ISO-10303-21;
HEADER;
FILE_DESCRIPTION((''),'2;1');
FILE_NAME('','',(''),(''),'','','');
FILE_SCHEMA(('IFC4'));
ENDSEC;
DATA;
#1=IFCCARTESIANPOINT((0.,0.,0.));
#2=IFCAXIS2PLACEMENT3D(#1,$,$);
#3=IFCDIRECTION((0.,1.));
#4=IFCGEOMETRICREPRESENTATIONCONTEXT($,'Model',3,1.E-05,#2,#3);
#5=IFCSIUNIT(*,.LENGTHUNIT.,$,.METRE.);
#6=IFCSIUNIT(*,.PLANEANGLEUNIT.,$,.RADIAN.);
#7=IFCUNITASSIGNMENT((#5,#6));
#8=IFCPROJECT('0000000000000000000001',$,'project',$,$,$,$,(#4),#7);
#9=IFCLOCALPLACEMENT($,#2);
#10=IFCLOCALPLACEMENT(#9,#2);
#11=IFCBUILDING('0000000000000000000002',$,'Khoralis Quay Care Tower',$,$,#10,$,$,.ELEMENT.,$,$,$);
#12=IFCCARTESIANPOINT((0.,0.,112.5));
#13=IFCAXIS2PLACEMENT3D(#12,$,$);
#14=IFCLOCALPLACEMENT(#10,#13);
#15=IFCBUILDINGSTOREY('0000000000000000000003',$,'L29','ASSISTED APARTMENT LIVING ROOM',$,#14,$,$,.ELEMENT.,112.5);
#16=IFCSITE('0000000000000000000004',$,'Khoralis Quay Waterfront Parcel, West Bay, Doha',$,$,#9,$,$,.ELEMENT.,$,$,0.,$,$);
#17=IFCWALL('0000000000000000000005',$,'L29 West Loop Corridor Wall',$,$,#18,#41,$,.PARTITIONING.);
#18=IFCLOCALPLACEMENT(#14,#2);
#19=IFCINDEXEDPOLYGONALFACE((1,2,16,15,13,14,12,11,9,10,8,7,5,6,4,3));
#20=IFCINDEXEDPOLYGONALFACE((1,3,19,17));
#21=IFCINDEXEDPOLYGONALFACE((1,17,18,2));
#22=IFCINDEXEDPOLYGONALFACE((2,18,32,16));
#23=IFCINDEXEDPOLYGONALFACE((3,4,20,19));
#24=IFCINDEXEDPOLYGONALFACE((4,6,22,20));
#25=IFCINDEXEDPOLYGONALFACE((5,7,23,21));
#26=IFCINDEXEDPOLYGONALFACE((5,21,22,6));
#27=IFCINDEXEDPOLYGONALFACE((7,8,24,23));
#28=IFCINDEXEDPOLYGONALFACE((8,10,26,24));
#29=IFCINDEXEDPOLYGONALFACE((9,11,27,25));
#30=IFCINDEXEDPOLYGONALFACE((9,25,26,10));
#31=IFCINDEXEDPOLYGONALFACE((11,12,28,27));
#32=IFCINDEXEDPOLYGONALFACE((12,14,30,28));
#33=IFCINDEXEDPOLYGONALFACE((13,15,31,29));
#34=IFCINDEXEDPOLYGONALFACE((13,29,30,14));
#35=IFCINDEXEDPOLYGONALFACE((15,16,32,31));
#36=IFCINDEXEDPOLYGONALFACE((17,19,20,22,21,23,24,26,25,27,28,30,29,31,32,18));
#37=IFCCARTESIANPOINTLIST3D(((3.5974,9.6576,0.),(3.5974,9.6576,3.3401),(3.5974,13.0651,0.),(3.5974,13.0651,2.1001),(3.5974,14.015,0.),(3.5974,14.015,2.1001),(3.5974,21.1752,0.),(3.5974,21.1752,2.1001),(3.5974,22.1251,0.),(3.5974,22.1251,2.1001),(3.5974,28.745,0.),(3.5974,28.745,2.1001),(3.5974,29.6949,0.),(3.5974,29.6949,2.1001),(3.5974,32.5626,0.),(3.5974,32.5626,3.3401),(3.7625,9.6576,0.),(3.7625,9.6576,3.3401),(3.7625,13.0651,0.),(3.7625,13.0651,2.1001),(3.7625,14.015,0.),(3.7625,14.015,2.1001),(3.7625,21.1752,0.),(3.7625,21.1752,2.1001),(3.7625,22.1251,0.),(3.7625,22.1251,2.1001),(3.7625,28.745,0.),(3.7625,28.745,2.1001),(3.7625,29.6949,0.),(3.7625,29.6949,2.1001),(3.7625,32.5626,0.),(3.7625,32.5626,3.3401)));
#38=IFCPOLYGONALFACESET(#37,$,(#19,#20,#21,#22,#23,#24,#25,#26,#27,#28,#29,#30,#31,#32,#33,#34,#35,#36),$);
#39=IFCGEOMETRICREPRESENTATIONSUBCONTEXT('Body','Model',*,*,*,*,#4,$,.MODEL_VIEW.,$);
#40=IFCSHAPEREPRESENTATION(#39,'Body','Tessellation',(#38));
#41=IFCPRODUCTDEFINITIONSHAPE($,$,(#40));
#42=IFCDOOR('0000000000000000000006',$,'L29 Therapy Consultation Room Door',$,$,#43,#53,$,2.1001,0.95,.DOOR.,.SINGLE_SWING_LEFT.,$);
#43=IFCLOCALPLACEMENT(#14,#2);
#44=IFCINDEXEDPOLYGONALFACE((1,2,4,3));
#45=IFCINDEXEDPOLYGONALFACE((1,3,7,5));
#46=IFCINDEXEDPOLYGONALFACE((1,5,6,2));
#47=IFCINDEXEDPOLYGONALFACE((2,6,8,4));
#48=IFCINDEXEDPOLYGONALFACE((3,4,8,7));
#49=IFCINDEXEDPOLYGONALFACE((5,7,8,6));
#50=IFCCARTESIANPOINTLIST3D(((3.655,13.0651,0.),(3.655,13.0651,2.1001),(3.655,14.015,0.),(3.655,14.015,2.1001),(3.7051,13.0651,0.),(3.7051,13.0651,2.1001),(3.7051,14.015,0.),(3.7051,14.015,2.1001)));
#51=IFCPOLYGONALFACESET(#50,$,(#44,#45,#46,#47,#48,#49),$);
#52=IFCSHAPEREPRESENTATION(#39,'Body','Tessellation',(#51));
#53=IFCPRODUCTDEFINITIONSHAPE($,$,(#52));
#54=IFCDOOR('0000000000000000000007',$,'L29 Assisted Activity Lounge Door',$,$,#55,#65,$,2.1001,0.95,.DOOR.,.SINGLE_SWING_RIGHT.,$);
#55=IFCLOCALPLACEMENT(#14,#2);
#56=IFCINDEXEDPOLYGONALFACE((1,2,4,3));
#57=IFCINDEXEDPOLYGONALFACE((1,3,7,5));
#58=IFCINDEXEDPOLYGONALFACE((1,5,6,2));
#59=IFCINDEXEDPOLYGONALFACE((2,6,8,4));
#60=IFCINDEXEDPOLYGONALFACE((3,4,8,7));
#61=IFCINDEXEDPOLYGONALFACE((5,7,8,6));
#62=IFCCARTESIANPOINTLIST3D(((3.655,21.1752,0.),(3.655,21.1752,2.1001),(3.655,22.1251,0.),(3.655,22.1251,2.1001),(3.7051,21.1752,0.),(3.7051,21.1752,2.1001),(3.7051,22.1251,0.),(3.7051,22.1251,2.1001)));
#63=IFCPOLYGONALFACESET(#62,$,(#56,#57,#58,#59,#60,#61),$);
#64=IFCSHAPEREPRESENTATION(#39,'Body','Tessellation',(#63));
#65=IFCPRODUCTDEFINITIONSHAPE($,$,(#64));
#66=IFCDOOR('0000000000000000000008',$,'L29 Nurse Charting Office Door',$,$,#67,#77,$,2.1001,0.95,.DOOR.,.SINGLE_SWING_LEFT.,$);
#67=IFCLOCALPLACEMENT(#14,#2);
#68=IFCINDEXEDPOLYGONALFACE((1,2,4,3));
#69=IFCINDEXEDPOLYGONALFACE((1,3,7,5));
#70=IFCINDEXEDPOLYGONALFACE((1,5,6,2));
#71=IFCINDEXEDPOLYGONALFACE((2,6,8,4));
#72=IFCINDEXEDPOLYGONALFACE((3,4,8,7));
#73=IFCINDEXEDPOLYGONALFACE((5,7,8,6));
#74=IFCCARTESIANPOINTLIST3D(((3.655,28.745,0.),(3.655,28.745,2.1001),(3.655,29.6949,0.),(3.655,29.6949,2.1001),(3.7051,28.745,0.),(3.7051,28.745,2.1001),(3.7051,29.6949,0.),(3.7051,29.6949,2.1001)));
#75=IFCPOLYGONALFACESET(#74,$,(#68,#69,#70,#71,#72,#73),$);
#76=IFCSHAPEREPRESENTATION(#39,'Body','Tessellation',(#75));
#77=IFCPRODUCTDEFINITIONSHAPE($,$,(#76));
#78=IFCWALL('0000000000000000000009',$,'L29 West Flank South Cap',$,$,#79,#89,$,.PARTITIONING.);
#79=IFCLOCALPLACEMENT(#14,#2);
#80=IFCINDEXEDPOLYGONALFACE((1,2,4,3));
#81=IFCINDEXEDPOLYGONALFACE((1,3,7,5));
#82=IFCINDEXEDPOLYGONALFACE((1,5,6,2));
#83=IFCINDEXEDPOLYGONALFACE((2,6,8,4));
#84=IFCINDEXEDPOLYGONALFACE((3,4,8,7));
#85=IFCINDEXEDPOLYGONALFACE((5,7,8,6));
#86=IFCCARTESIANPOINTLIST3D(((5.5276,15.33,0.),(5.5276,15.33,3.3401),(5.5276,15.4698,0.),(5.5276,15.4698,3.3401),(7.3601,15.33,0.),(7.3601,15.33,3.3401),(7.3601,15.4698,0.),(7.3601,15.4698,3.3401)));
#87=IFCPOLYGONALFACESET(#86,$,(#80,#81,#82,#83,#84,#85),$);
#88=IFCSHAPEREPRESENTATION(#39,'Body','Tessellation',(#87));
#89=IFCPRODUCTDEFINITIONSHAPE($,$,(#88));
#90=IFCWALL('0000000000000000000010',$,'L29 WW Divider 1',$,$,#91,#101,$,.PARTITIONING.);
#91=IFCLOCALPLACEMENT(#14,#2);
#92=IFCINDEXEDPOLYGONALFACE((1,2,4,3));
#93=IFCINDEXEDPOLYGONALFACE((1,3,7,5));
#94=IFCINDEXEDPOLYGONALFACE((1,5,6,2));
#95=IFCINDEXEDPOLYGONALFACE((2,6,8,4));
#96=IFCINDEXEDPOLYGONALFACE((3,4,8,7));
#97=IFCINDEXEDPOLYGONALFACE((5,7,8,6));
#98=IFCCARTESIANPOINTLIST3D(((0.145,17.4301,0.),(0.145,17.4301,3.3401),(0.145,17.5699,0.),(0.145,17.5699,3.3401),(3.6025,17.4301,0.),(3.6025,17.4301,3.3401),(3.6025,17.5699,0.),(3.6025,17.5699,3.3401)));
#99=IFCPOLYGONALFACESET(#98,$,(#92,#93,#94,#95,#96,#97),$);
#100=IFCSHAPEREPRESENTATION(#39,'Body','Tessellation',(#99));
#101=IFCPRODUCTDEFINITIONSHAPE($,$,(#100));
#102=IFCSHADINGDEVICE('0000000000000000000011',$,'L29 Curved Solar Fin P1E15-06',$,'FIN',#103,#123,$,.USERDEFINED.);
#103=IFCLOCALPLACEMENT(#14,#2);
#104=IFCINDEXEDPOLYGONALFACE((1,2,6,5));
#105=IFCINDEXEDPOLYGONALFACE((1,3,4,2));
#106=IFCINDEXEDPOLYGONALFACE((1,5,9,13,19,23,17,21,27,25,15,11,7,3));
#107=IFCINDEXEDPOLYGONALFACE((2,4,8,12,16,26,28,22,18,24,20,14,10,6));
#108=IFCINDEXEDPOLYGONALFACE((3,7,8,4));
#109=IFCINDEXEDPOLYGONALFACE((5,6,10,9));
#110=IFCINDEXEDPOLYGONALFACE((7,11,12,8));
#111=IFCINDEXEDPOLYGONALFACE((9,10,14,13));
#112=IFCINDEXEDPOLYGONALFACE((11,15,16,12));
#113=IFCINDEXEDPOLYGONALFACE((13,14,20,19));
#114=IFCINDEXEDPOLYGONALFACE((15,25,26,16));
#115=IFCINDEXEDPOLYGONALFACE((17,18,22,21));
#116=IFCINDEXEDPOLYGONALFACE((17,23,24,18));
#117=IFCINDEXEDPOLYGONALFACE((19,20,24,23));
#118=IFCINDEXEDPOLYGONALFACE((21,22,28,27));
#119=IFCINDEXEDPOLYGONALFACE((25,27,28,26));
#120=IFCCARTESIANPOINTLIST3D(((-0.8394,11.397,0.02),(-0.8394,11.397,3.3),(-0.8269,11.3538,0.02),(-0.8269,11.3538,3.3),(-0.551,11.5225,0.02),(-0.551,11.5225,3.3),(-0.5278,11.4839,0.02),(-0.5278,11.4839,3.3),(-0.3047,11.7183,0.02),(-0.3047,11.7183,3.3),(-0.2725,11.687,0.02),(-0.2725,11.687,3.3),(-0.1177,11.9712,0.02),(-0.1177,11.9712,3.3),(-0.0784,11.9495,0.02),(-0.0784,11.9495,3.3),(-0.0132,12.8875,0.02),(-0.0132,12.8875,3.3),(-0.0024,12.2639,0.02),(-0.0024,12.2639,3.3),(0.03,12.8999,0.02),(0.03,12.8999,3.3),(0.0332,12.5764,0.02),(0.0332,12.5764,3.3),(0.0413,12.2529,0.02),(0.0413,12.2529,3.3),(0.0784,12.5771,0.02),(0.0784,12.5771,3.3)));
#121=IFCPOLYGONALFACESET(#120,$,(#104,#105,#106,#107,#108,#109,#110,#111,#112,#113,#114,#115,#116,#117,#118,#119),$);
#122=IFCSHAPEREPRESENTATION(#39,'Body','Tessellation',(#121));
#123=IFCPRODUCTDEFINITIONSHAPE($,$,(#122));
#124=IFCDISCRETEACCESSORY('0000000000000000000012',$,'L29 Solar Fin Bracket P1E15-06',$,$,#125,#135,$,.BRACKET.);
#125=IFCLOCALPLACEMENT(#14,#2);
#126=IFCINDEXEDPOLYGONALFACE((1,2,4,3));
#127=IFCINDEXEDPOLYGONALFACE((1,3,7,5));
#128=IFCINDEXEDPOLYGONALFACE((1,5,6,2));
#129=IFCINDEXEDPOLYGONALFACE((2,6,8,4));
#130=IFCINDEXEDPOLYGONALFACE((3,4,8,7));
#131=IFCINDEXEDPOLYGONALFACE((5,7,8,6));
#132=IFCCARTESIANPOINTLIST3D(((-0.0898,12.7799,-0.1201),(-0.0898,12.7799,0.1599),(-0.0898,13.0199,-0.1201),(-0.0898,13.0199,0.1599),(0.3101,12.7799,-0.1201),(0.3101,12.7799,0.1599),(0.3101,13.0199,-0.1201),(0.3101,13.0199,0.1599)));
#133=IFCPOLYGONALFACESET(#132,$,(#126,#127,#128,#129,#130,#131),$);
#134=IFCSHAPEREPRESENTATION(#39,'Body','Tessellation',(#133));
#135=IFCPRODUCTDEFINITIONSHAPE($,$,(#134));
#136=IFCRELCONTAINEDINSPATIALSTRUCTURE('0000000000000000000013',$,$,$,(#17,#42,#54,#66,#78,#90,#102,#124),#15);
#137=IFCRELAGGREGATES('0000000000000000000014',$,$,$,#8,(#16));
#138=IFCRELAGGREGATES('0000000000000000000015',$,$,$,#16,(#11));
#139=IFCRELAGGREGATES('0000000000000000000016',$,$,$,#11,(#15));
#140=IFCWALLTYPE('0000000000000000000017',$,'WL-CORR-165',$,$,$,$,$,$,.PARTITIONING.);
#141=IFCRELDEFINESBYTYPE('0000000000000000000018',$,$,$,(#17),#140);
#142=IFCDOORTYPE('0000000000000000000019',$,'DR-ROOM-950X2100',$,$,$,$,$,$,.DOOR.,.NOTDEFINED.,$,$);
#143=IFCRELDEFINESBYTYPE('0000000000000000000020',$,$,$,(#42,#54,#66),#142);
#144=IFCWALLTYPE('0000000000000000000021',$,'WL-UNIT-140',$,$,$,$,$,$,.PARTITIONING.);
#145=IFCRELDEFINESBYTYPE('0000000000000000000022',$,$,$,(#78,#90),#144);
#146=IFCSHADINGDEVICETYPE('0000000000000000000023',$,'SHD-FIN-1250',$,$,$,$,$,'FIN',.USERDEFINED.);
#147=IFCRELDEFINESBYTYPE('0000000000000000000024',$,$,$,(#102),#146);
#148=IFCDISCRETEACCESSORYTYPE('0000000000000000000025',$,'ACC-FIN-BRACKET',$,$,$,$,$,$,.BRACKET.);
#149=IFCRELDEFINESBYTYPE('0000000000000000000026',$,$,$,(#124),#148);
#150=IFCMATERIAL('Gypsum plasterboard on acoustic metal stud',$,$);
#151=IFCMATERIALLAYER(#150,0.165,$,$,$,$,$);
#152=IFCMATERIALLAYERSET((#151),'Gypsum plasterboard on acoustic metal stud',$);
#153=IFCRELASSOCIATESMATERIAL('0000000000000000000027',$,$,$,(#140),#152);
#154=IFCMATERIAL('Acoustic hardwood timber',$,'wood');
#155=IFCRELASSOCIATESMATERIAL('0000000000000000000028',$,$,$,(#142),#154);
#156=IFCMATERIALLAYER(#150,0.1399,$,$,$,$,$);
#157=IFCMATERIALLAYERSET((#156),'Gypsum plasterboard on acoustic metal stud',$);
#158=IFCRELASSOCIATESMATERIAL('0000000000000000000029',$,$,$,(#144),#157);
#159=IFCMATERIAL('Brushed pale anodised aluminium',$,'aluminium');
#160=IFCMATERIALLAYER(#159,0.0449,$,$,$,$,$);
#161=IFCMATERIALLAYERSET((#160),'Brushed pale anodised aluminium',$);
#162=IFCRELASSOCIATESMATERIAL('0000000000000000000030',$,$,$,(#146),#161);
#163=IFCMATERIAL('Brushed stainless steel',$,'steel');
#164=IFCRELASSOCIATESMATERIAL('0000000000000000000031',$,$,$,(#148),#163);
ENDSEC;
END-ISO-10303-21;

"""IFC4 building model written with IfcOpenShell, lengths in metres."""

from ifc_helpers import new_model, si_unit, direction, frame, frame_2d, origin, origin_2d, place, context, subcontext, project, spatial, polyline, rectangle, outline, extrude, source, transform, mapped, material, layer, layer_set, type_object, element, fill, save


model = new_model("IFC4")

# Units and contexts
model_context = context("Model", 3, precision=1e-05, world=origin(), true_north=direction((0.0, 1.0)))
body_context = subcontext(model_context, "Body", "Model", "MODEL_VIEW")
ifc_project = project(units=[si_unit("LENGTHUNIT", "METRE"), si_unit("PLANEANGLEUNIT", "RADIAN")], contexts=[model_context])

# Site, building, storey
site_placement = place(None, origin())
site = spatial("IfcSite", under=ifc_project, at=site_placement, Name="Khoralis Quay Waterfront Parcel, West Bay, Doha", CompositionType="ELEMENT", RefElevation=0.0)
building_placement = place(site_placement, origin())
building = spatial("IfcBuilding", under=site, at=building_placement, Name="Khoralis Quay Care Tower", CompositionType="ELEMENT")
storey_placement = place(building_placement, frame((0.0, 0.0, 112.5)))
storey = spatial("IfcBuildingStorey", under=building, at=storey_placement, Name="L29", Description="ASSISTED APARTMENT LIVING ROOM", CompositionType="ELEMENT", Elevation=112.5)

# Wall, openings, doors
ifc_material_1 = material(Name="Gypsum plasterboard on acoustic metal stud")
ifc_layer_1 = layer(ifc_material_1, 0.165)
ifc_layer_set_1 = layer_set([ifc_layer_1], Name="Gypsum plasterboard on acoustic metal stud")
wall_type_1 = type_object("IfcWallType", Name="WL-CORR-165", PredefinedType="PARTITIONING", material=ifc_layer_set_1)
ifc_material_2 = material(Name="Acoustic hardwood timber", Category="wood")
door_type_1 = type_object("IfcDoorType", Name="DR-ROOM-950X2100", OperationType="NOTDEFINED", PredefinedType="DOOR", material=ifc_material_2)
shared_shape_1 = source(origin(), body_context, "Body", "SweptSolid", [
    extrude(rectangle(XDim=0.95, YDim=2.1001, at=frame_2d((0.4751, 1.05))), frame((0.0, 0.0249, 0.0), z_axis=(0.0, -1.0, 0.0), x_axis=(1.0, 0.0, 0.0)), (0.0, 0.0, 1.0), 0.05),
])
wall_1_placement = place(storey_placement, frame((3.6799, 9.6575, 0.0), z_axis=(0.0, 0.0, 1.0), x_axis=(0.0, 1.0, 0.0)))
wall_1 = element("IfcWall", 1, at=wall_1_placement, inside=storey, type_object=wall_type_1, Name="L29 West Loop Corridor Wall", PredefinedType="PARTITIONING", context=body_context, shape_type="SweptSolid", body=[
    extrude(rectangle(XDim=22.905, YDim=0.165, at=frame_2d((11.4526, 0.0))), origin(), (0.0, 0.0, 1.0), 3.3401),
])
opening_1_placement = place(wall_1_placement, frame((3.4075, 0.0, 0.0)))
opening_1 = element("IfcOpeningElement", 2, at=opening_1_placement, cuts=wall_1, PredefinedType="OPENING", context=body_context, shape_type="SweptSolid", body=[
    extrude(rectangle(XDim=0.95, YDim=2.1001, at=frame_2d((0.4751, 1.05))), frame((0.0, 0.0925, 0.0), z_axis=(0.0, -1.0, 0.0), x_axis=(1.0, 0.0, 0.0)), (0.0, 0.0, 1.0), 0.1851),
])
opening_2_placement = place(wall_1_placement, frame((11.5176, 0.0, 0.0)))
opening_2 = element("IfcOpeningElement", 3, at=opening_2_placement, cuts=wall_1, PredefinedType="OPENING", context=body_context, shape_type="SweptSolid", body=[
    extrude(rectangle(XDim=0.95, YDim=2.1001, at=frame_2d((0.4751, 1.05))), frame((0.0, 0.0925, 0.0), z_axis=(0.0, -1.0, 0.0), x_axis=(1.0, 0.0, 0.0)), (0.0, 0.0, 1.0), 0.1851),
])
opening_3_placement = place(wall_1_placement, frame((19.0874, 0.0, 0.0)))
opening_3 = element("IfcOpeningElement", 4, at=opening_3_placement, cuts=wall_1, PredefinedType="OPENING", context=body_context, shape_type="SweptSolid", body=[
    extrude(rectangle(XDim=0.95, YDim=2.1001, at=frame_2d((0.4751, 1.05))), frame((0.0, 0.0925, 0.0), z_axis=(0.0, -1.0, 0.0), x_axis=(1.0, 0.0, 0.0)), (0.0, 0.0, 1.0), 0.1851),
])
door_1_placement = place(opening_1_placement, origin())
door_1 = element("IfcDoor", 5, at=door_1_placement, inside=storey, type_object=door_type_1, Name="L29 Therapy Consultation Room Door", OperationType="SINGLE_SWING_LEFT", OverallHeight=2.1001, OverallWidth=0.95, PredefinedType="DOOR", context=body_context, shape_type="MappedRepresentation", body=[
    mapped(shared_shape_1, transform((0.0, 0.0, 0.0), scale=1.0)),
])
fill(opening_1, door_1)
door_2_placement = place(opening_2_placement, origin())
door_2 = element("IfcDoor", 6, at=door_2_placement, inside=storey, type_object=door_type_1, Name="L29 Assisted Activity Lounge Door", OperationType="SINGLE_SWING_RIGHT", OverallHeight=2.1001, OverallWidth=0.95, PredefinedType="DOOR", context=body_context, shape_type="MappedRepresentation", body=[
    mapped(shared_shape_1, transform((0.0, 0.0, 0.0), scale=1.0)),
])
fill(opening_2, door_2)
door_3_placement = place(opening_3_placement, origin())
door_3 = element("IfcDoor", 7, at=door_3_placement, inside=storey, type_object=door_type_1, Name="L29 Nurse Charting Office Door", OperationType="SINGLE_SWING_LEFT", OverallHeight=2.1001, OverallWidth=0.95, PredefinedType="DOOR", context=body_context, shape_type="MappedRepresentation", body=[
    mapped(shared_shape_1, transform((0.0, 0.0, 0.0), scale=1.0)),
])
fill(opening_3, door_3)

# Walls
ifc_layer_2 = layer(ifc_material_1, 0.1399)
ifc_layer_set_2 = layer_set([ifc_layer_2], Name="Gypsum plasterboard on acoustic metal stud")
wall_type_2 = type_object("IfcWallType", Name="WL-UNIT-140", PredefinedType="PARTITIONING", material=ifc_layer_set_2)
wall_2_placement = place(storey_placement, frame((5.5276, 15.3999, 0.0), z_axis=(0.0, 0.0, 1.0), x_axis=(1.0, 0.0, 0.0)))
element("IfcWall", 8, at=wall_2_placement, inside=storey, type_object=wall_type_2, Name="L29 West Flank South Cap", PredefinedType="PARTITIONING", context=body_context, shape_type="SweptSolid", body=[
    extrude(rectangle(XDim=1.8325, YDim=0.1399, at=frame_2d((0.9163, 0.0))), origin(), (0.0, 0.0, 1.0), 3.3401),
])
wall_3_placement = place(storey_placement, frame((0.145, 17.5, 0.0), z_axis=(0.0, 0.0, 1.0), x_axis=(1.0, 0.0, 0.0)))
element("IfcWall", 9, at=wall_3_placement, inside=storey, type_object=wall_type_2, Name="L29 WW Divider 1", PredefinedType="PARTITIONING", context=body_context, shape_type="SweptSolid", body=[
    extrude(rectangle(XDim=3.4575, YDim=0.1399, at=frame_2d((1.7288, 0.0))), origin(), (0.0, 0.0, 1.0), 3.3401),
])

# Shading device
ifc_material_3 = material(Name="Brushed pale anodised aluminium", Category="aluminium")
ifc_layer_3 = layer(ifc_material_3, 0.0449)
ifc_layer_set_3 = layer_set([ifc_layer_3], Name="Brushed pale anodised aluminium")
shading_device_type = type_object("IfcShadingDeviceType", Name="SHD-FIN-1250", ElementType="FIN", PredefinedType="USERDEFINED", material=ifc_layer_set_3)
shared_shape_2 = source(origin(), body_context, "Body", "SweptSolid", [
    extrude(outline(polyline([(0.0, 0.0), (-0.0483, 0.3228), (-0.0112, 0.647), (0.1084, 0.9504), (0.3025, 1.2129), (0.5579, 1.416), (0.8569, 1.5461), (0.8694, 1.5029), (0.5811, 1.3774), (0.3347, 1.1816), (0.1477, 0.9287), (0.0325, 0.636), (-0.0032, 0.3235), (0.0432, 0.0125), (0.0, 0.0)])), origin(), (0.0, 0.0, 1.0), 3.28),
])
shading_device_placement = place(storey_placement, frame((0.03, 12.8999, 0.02), z_axis=(0.0, 0.0, 1.0), x_axis=(-1.0, 0.0, 0.0)))
element("IfcShadingDevice", 10, at=shading_device_placement, inside=storey, type_object=shading_device_type, Name="L29 Curved Solar Fin P1E15-06", ObjectType="FIN", PredefinedType="USERDEFINED", context=body_context, shape_type="MappedRepresentation", body=[
    mapped(shared_shape_2, transform((0.0, 0.0, 0.0), scale=1.0)),
])

# Discrete accessory
ifc_material_4 = material(Name="Brushed stainless steel", Category="steel")
discrete_accessory_type = type_object("IfcDiscreteAccessoryType", Name="ACC-FIN-BRACKET", PredefinedType="BRACKET", material=ifc_material_4)
shared_shape_3 = source(origin(), body_context, "Body", "SweptSolid", [
    extrude(rectangle(XDim=0.3999, YDim=0.24, at=origin_2d()), origin(), (0.0, 0.0, 1.0), 0.28),
])
discrete_accessory_placement = place(storey_placement, frame((0.1101, 12.8999, -0.1201), z_axis=(0.0, 0.0, 1.0), x_axis=(-1.0, 0.0, 0.0)))
element("IfcDiscreteAccessory", 11, at=discrete_accessory_placement, inside=storey, type_object=discrete_accessory_type, Name="L29 Solar Fin Bracket P1E15-06", PredefinedType="BRACKET", context=body_context, shape_type="MappedRepresentation", body=[
    mapped(shared_shape_3, transform((0.0, 0.0, 0.0), scale=1.0)),
])

save(model, "model.ifc")
